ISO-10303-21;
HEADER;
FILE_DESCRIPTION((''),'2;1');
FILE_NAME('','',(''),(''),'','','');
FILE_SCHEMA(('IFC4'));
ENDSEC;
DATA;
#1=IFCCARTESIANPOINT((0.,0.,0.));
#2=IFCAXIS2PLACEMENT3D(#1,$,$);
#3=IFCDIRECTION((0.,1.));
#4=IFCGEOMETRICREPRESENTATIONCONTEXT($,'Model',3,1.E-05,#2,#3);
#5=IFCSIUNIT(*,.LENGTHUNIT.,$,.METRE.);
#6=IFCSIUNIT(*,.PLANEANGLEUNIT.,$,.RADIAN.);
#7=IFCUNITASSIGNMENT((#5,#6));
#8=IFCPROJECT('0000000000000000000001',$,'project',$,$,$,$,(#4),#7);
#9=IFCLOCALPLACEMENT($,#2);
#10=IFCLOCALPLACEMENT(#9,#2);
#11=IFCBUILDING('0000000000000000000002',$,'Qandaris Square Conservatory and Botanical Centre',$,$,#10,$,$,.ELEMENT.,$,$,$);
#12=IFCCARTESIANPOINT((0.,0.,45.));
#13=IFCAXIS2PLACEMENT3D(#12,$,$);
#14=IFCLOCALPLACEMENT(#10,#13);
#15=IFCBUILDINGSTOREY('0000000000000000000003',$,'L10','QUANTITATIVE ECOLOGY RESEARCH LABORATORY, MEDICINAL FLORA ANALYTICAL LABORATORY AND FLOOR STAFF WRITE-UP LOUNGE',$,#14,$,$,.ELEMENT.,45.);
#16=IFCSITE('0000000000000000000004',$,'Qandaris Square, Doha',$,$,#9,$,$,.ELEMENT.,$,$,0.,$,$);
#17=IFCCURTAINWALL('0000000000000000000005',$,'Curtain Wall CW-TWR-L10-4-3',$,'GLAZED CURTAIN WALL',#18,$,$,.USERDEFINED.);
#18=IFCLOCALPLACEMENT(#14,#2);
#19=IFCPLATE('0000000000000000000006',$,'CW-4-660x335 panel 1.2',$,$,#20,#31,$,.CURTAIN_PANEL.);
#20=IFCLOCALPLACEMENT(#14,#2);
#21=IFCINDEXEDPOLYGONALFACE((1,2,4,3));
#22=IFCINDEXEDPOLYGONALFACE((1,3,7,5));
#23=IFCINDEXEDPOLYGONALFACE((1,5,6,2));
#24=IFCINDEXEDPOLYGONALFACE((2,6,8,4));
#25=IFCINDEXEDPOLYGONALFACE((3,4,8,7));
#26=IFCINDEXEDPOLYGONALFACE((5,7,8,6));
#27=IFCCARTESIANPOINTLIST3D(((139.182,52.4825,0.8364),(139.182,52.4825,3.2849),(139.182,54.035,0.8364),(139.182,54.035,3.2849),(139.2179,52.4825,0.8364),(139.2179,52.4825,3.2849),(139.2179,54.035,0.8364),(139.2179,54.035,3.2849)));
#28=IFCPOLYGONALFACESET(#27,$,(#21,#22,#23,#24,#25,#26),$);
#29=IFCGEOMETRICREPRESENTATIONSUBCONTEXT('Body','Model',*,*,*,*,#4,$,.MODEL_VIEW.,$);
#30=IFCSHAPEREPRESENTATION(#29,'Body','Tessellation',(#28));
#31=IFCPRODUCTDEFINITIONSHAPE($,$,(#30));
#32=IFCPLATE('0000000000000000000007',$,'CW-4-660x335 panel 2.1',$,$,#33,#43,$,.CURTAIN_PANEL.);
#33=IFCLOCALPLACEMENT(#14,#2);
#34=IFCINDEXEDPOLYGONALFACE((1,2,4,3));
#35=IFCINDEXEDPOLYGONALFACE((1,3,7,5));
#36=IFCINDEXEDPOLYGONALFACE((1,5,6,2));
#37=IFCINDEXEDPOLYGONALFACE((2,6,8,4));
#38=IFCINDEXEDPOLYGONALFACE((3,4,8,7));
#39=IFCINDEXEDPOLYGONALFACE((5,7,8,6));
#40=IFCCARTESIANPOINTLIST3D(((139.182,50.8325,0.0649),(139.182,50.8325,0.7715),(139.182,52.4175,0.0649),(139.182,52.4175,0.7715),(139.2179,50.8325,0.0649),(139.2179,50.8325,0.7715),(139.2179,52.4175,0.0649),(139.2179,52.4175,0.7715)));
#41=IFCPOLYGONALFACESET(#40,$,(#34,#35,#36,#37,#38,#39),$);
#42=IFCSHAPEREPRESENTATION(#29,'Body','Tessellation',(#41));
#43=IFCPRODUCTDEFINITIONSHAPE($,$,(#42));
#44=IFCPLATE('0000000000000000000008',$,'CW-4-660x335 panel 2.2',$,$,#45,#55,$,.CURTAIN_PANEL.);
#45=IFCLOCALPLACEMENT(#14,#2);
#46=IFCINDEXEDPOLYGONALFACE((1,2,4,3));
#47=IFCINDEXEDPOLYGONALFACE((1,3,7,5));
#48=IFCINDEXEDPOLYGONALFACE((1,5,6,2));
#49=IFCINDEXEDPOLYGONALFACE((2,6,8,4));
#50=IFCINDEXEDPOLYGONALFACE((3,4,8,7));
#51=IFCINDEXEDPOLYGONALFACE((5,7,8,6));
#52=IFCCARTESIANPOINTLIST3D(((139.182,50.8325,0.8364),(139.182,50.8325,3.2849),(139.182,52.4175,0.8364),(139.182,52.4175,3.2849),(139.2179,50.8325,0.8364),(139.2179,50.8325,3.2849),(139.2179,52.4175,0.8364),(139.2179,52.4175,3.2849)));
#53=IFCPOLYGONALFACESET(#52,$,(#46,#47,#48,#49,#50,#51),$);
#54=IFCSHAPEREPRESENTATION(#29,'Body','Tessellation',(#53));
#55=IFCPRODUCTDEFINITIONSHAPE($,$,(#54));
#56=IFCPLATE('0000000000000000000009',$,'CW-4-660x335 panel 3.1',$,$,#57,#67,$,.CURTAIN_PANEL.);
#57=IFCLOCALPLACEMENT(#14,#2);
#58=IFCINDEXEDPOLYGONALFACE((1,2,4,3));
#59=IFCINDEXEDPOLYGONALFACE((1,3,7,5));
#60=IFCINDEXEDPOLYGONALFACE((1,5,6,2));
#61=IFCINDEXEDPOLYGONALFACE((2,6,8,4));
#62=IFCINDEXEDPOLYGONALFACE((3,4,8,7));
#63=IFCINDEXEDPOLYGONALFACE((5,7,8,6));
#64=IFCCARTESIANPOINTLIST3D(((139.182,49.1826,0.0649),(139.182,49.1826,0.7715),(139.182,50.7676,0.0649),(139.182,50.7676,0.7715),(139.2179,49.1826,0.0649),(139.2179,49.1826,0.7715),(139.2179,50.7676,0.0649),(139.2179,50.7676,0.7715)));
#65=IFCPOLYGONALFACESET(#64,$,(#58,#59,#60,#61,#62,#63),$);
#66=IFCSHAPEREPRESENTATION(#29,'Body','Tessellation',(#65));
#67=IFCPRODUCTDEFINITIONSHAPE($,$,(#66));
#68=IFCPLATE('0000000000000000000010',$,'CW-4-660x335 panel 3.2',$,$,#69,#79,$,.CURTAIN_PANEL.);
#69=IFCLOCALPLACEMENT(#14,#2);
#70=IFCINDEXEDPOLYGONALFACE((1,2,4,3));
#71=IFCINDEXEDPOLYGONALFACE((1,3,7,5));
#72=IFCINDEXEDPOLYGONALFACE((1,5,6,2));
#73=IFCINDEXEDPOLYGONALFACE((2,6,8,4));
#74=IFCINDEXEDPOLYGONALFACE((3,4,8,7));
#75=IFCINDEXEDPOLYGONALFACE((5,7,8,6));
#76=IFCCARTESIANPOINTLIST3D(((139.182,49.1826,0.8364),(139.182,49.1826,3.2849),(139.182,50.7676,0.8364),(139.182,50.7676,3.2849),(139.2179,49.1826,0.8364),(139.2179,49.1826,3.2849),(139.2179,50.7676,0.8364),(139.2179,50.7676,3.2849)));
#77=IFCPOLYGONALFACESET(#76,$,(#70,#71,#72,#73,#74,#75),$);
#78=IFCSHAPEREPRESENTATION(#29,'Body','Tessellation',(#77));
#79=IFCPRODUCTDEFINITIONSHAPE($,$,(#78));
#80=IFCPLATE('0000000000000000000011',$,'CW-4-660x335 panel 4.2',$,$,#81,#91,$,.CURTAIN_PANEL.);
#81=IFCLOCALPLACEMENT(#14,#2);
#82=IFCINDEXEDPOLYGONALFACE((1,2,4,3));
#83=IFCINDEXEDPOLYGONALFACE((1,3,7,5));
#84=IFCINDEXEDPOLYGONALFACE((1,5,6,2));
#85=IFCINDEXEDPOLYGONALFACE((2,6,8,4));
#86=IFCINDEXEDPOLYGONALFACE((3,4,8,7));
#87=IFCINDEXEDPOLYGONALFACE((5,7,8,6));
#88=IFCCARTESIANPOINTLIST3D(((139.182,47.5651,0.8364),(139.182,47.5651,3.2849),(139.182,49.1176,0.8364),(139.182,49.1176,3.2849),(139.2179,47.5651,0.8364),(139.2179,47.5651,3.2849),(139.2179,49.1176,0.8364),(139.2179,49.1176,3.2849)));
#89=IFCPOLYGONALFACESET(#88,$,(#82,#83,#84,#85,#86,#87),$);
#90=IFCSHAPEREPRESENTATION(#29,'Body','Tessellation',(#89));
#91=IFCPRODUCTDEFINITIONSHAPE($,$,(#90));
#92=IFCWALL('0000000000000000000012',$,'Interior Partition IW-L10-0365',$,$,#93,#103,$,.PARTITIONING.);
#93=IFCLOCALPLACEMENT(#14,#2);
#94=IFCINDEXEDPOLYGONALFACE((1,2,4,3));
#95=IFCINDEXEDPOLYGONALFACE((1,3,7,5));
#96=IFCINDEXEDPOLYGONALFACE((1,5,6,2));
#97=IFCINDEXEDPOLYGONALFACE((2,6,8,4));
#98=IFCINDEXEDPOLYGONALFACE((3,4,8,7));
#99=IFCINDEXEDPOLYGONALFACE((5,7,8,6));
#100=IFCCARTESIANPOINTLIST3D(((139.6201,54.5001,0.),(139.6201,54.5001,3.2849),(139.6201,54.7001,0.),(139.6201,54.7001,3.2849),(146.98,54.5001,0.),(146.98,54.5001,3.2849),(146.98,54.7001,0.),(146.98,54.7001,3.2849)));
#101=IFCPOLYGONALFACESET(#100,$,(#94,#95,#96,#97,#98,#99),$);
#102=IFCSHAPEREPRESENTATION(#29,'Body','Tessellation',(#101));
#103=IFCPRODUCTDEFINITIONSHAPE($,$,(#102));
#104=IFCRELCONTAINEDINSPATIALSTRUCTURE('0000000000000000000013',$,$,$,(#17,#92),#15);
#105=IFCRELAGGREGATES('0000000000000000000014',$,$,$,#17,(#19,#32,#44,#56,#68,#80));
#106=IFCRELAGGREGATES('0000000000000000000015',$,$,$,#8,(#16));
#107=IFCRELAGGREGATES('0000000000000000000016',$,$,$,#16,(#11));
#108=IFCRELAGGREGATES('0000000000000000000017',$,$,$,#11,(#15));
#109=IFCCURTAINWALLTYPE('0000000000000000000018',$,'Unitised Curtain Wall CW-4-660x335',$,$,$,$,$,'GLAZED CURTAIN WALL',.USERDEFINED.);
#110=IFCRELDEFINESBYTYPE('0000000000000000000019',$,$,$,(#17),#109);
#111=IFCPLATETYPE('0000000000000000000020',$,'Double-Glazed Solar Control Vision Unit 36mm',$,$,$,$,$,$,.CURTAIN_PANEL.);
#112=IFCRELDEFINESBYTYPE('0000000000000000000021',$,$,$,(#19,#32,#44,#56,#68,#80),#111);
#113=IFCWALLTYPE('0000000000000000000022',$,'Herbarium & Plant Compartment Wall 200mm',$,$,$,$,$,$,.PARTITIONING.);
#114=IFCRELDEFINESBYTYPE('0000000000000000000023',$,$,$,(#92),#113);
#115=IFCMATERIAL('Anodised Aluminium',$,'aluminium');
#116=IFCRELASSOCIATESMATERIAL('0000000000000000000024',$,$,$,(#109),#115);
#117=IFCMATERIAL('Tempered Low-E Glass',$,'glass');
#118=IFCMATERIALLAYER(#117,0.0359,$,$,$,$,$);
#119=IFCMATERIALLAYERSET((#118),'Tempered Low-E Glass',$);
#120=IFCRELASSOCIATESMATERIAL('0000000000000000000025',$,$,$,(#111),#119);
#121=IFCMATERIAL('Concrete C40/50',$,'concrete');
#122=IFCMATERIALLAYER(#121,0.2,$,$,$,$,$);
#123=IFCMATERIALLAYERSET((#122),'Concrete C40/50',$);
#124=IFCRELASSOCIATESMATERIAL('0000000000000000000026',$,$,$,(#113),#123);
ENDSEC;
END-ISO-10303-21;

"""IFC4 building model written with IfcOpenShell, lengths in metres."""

from ifc_helpers import new_model, si_unit, direction, frame, frame_2d, origin, origin_2d, place, context, subcontext, project, spatial, rectangle, extrude, material, layer, layer_set, type_object, element, aggregate, save


model = new_model("IFC4")

# Units and contexts
model_context = context("Model", 3, precision=1e-05, world=origin(), true_north=direction((0.0, 1.0)))
body_context = subcontext(model_context, "Body", "Model", "MODEL_VIEW")
ifc_project = project(units=[si_unit("LENGTHUNIT", "METRE"), si_unit("PLANEANGLEUNIT", "RADIAN")], contexts=[model_context])

# Site, building, storey
site_placement = place(None, origin())
site = spatial("IfcSite", under=ifc_project, at=site_placement, Name="Qandaris Square, Doha", CompositionType="ELEMENT", RefElevation=0.0)
building_placement = place(site_placement, origin())
building = spatial("IfcBuilding", under=site, at=building_placement, Name="Qandaris Square Conservatory and Botanical Centre", CompositionType="ELEMENT")
storey_placement = place(building_placement, frame((0.0, 0.0, 45.0)))
storey = spatial("IfcBuildingStorey", under=building, at=storey_placement, Name="L10", Description="QUANTITATIVE ECOLOGY RESEARCH LABORATORY, MEDICINAL FLORA ANALYTICAL LABORATORY AND FLOOR STAFF WRITE-UP LOUNGE", CompositionType="ELEMENT", Elevation=45.0)

# Curtain wall
ifc_material_1 = material(Name="Anodised Aluminium", Category="aluminium")
curtain_wall_type = type_object("IfcCurtainWallType", Name="Unitised Curtain Wall CW-4-660x335", ElementType="GLAZED CURTAIN WALL", PredefinedType="USERDEFINED", material=ifc_material_1)
curtain_wall_placement = place(storey_placement, origin())
curtain_wall = element("IfcCurtainWall", 1, at=curtain_wall_placement, inside=storey, type_object=curtain_wall_type, Name="Curtain Wall CW-TWR-L10-4-3", ObjectType="GLAZED CURTAIN WALL", PredefinedType="USERDEFINED")

# Plates
ifc_material_2 = material(Name="Tempered Low-E Glass", Category="glass")
ifc_layer_1 = layer(ifc_material_2, 0.0359)
ifc_layer_set_1 = layer_set([ifc_layer_1], Name="Tempered Low-E Glass")
plate_type = type_object("IfcPlateType", Name="Double-Glazed Solar Control Vision Unit 36mm", PredefinedType="CURTAIN_PANEL", material=ifc_layer_set_1)
plate_1_placement = place(storey_placement, frame((139.2, 53.2588, 0.8364), z_axis=(0.0, 0.0, 1.0), x_axis=(0.0, -1.0, 0.0)))
plate_1 = element("IfcPlate", 2, at=plate_1_placement, type_object=plate_type, Name="CW-4-660x335 panel 1.2", PredefinedType="CURTAIN_PANEL", context=body_context, shape_type="SweptSolid", body=[
    extrude(rectangle(XDim=1.5525, YDim=0.0359, at=origin_2d()), origin(), (0.0, 0.0, 1.0), 2.4485),
])
plate_2_placement = place(storey_placement, frame((139.2, 51.625, 0.0649), z_axis=(0.0, 0.0, 1.0), x_axis=(0.0, -1.0, 0.0)))
plate_2 = element("IfcPlate", 3, at=plate_2_placement, type_object=plate_type, Name="CW-4-660x335 panel 2.1", PredefinedType="CURTAIN_PANEL", context=body_context, shape_type="SweptSolid", body=[
    extrude(rectangle(XDim=1.585, YDim=0.0359, at=origin_2d()), origin(), (0.0, 0.0, 1.0), 0.7065),
])
plate_3_placement = place(storey_placement, frame((139.2, 51.625, 0.8364), z_axis=(0.0, 0.0, 1.0), x_axis=(0.0, -1.0, 0.0)))
plate_3 = element("IfcPlate", 4, at=plate_3_placement, type_object=plate_type, Name="CW-4-660x335 panel 2.2", PredefinedType="CURTAIN_PANEL", context=body_context, shape_type="SweptSolid", body=[
    extrude(rectangle(XDim=1.585, YDim=0.0359, at=origin_2d()), origin(), (0.0, 0.0, 1.0), 2.4485),
])
plate_4_placement = place(storey_placement, frame((139.2, 49.9751, 0.0649), z_axis=(0.0, 0.0, 1.0), x_axis=(0.0, -1.0, 0.0)))
plate_4 = element("IfcPlate", 5, at=plate_4_placement, type_object=plate_type, Name="CW-4-660x335 panel 3.1", PredefinedType="CURTAIN_PANEL", context=body_context, shape_type="SweptSolid", body=[
    extrude(rectangle(XDim=1.585, YDim=0.0359, at=origin_2d()), origin(), (0.0, 0.0, 1.0), 0.7065),
])
plate_5_placement = place(storey_placement, frame((139.2, 49.9751, 0.8364), z_axis=(0.0, 0.0, 1.0), x_axis=(0.0, -1.0, 0.0)))
plate_5 = element("IfcPlate", 6, at=plate_5_placement, type_object=plate_type, Name="CW-4-660x335 panel 3.2", PredefinedType="CURTAIN_PANEL", context=body_context, shape_type="SweptSolid", body=[
    extrude(rectangle(XDim=1.585, YDim=0.0359, at=origin_2d()), origin(), (0.0, 0.0, 1.0), 2.4485),
])
plate_6_placement = place(storey_placement, frame((139.2, 48.3413, 0.8364), z_axis=(0.0, 0.0, 1.0), x_axis=(0.0, -1.0, 0.0)))
plate_6 = element("IfcPlate", 7, at=plate_6_placement, type_object=plate_type, Name="CW-4-660x335 panel 4.2", PredefinedType="CURTAIN_PANEL", context=body_context, shape_type="SweptSolid", body=[
    extrude(rectangle(XDim=1.5525, YDim=0.0359, at=origin_2d()), origin(), (0.0, 0.0, 1.0), 2.4485),
])
aggregate(curtain_wall, [plate_1, plate_2, plate_3, plate_4, plate_5, plate_6])

# Wall
ifc_material_3 = material(Name="Concrete C40/50", Category="concrete")
ifc_layer_2 = layer(ifc_material_3, 0.2)
ifc_layer_set_2 = layer_set([ifc_layer_2], Name="Concrete C40/50")
wall_type = type_object("IfcWallType", Name="Herbarium & Plant Compartment Wall 200mm", PredefinedType="PARTITIONING", material=ifc_layer_set_2)
wall_placement = place(storey_placement, frame((139.6201, 54.6001, 0.0), z_axis=(0.0, 0.0, 1.0), x_axis=(1.0, 0.0, 0.0)))
element("IfcWall", 8, at=wall_placement, inside=storey, type_object=wall_type, Name="Interior Partition IW-L10-0365", PredefinedType="PARTITIONING", context=body_context, shape_type="SweptSolid", body=[
    extrude(rectangle(XDim=7.3599, YDim=0.2, at=frame_2d((3.6799, 0.0))), origin(), (0.0, 0.0, 1.0), 3.2849),
])

save(model, "model.ifc")
